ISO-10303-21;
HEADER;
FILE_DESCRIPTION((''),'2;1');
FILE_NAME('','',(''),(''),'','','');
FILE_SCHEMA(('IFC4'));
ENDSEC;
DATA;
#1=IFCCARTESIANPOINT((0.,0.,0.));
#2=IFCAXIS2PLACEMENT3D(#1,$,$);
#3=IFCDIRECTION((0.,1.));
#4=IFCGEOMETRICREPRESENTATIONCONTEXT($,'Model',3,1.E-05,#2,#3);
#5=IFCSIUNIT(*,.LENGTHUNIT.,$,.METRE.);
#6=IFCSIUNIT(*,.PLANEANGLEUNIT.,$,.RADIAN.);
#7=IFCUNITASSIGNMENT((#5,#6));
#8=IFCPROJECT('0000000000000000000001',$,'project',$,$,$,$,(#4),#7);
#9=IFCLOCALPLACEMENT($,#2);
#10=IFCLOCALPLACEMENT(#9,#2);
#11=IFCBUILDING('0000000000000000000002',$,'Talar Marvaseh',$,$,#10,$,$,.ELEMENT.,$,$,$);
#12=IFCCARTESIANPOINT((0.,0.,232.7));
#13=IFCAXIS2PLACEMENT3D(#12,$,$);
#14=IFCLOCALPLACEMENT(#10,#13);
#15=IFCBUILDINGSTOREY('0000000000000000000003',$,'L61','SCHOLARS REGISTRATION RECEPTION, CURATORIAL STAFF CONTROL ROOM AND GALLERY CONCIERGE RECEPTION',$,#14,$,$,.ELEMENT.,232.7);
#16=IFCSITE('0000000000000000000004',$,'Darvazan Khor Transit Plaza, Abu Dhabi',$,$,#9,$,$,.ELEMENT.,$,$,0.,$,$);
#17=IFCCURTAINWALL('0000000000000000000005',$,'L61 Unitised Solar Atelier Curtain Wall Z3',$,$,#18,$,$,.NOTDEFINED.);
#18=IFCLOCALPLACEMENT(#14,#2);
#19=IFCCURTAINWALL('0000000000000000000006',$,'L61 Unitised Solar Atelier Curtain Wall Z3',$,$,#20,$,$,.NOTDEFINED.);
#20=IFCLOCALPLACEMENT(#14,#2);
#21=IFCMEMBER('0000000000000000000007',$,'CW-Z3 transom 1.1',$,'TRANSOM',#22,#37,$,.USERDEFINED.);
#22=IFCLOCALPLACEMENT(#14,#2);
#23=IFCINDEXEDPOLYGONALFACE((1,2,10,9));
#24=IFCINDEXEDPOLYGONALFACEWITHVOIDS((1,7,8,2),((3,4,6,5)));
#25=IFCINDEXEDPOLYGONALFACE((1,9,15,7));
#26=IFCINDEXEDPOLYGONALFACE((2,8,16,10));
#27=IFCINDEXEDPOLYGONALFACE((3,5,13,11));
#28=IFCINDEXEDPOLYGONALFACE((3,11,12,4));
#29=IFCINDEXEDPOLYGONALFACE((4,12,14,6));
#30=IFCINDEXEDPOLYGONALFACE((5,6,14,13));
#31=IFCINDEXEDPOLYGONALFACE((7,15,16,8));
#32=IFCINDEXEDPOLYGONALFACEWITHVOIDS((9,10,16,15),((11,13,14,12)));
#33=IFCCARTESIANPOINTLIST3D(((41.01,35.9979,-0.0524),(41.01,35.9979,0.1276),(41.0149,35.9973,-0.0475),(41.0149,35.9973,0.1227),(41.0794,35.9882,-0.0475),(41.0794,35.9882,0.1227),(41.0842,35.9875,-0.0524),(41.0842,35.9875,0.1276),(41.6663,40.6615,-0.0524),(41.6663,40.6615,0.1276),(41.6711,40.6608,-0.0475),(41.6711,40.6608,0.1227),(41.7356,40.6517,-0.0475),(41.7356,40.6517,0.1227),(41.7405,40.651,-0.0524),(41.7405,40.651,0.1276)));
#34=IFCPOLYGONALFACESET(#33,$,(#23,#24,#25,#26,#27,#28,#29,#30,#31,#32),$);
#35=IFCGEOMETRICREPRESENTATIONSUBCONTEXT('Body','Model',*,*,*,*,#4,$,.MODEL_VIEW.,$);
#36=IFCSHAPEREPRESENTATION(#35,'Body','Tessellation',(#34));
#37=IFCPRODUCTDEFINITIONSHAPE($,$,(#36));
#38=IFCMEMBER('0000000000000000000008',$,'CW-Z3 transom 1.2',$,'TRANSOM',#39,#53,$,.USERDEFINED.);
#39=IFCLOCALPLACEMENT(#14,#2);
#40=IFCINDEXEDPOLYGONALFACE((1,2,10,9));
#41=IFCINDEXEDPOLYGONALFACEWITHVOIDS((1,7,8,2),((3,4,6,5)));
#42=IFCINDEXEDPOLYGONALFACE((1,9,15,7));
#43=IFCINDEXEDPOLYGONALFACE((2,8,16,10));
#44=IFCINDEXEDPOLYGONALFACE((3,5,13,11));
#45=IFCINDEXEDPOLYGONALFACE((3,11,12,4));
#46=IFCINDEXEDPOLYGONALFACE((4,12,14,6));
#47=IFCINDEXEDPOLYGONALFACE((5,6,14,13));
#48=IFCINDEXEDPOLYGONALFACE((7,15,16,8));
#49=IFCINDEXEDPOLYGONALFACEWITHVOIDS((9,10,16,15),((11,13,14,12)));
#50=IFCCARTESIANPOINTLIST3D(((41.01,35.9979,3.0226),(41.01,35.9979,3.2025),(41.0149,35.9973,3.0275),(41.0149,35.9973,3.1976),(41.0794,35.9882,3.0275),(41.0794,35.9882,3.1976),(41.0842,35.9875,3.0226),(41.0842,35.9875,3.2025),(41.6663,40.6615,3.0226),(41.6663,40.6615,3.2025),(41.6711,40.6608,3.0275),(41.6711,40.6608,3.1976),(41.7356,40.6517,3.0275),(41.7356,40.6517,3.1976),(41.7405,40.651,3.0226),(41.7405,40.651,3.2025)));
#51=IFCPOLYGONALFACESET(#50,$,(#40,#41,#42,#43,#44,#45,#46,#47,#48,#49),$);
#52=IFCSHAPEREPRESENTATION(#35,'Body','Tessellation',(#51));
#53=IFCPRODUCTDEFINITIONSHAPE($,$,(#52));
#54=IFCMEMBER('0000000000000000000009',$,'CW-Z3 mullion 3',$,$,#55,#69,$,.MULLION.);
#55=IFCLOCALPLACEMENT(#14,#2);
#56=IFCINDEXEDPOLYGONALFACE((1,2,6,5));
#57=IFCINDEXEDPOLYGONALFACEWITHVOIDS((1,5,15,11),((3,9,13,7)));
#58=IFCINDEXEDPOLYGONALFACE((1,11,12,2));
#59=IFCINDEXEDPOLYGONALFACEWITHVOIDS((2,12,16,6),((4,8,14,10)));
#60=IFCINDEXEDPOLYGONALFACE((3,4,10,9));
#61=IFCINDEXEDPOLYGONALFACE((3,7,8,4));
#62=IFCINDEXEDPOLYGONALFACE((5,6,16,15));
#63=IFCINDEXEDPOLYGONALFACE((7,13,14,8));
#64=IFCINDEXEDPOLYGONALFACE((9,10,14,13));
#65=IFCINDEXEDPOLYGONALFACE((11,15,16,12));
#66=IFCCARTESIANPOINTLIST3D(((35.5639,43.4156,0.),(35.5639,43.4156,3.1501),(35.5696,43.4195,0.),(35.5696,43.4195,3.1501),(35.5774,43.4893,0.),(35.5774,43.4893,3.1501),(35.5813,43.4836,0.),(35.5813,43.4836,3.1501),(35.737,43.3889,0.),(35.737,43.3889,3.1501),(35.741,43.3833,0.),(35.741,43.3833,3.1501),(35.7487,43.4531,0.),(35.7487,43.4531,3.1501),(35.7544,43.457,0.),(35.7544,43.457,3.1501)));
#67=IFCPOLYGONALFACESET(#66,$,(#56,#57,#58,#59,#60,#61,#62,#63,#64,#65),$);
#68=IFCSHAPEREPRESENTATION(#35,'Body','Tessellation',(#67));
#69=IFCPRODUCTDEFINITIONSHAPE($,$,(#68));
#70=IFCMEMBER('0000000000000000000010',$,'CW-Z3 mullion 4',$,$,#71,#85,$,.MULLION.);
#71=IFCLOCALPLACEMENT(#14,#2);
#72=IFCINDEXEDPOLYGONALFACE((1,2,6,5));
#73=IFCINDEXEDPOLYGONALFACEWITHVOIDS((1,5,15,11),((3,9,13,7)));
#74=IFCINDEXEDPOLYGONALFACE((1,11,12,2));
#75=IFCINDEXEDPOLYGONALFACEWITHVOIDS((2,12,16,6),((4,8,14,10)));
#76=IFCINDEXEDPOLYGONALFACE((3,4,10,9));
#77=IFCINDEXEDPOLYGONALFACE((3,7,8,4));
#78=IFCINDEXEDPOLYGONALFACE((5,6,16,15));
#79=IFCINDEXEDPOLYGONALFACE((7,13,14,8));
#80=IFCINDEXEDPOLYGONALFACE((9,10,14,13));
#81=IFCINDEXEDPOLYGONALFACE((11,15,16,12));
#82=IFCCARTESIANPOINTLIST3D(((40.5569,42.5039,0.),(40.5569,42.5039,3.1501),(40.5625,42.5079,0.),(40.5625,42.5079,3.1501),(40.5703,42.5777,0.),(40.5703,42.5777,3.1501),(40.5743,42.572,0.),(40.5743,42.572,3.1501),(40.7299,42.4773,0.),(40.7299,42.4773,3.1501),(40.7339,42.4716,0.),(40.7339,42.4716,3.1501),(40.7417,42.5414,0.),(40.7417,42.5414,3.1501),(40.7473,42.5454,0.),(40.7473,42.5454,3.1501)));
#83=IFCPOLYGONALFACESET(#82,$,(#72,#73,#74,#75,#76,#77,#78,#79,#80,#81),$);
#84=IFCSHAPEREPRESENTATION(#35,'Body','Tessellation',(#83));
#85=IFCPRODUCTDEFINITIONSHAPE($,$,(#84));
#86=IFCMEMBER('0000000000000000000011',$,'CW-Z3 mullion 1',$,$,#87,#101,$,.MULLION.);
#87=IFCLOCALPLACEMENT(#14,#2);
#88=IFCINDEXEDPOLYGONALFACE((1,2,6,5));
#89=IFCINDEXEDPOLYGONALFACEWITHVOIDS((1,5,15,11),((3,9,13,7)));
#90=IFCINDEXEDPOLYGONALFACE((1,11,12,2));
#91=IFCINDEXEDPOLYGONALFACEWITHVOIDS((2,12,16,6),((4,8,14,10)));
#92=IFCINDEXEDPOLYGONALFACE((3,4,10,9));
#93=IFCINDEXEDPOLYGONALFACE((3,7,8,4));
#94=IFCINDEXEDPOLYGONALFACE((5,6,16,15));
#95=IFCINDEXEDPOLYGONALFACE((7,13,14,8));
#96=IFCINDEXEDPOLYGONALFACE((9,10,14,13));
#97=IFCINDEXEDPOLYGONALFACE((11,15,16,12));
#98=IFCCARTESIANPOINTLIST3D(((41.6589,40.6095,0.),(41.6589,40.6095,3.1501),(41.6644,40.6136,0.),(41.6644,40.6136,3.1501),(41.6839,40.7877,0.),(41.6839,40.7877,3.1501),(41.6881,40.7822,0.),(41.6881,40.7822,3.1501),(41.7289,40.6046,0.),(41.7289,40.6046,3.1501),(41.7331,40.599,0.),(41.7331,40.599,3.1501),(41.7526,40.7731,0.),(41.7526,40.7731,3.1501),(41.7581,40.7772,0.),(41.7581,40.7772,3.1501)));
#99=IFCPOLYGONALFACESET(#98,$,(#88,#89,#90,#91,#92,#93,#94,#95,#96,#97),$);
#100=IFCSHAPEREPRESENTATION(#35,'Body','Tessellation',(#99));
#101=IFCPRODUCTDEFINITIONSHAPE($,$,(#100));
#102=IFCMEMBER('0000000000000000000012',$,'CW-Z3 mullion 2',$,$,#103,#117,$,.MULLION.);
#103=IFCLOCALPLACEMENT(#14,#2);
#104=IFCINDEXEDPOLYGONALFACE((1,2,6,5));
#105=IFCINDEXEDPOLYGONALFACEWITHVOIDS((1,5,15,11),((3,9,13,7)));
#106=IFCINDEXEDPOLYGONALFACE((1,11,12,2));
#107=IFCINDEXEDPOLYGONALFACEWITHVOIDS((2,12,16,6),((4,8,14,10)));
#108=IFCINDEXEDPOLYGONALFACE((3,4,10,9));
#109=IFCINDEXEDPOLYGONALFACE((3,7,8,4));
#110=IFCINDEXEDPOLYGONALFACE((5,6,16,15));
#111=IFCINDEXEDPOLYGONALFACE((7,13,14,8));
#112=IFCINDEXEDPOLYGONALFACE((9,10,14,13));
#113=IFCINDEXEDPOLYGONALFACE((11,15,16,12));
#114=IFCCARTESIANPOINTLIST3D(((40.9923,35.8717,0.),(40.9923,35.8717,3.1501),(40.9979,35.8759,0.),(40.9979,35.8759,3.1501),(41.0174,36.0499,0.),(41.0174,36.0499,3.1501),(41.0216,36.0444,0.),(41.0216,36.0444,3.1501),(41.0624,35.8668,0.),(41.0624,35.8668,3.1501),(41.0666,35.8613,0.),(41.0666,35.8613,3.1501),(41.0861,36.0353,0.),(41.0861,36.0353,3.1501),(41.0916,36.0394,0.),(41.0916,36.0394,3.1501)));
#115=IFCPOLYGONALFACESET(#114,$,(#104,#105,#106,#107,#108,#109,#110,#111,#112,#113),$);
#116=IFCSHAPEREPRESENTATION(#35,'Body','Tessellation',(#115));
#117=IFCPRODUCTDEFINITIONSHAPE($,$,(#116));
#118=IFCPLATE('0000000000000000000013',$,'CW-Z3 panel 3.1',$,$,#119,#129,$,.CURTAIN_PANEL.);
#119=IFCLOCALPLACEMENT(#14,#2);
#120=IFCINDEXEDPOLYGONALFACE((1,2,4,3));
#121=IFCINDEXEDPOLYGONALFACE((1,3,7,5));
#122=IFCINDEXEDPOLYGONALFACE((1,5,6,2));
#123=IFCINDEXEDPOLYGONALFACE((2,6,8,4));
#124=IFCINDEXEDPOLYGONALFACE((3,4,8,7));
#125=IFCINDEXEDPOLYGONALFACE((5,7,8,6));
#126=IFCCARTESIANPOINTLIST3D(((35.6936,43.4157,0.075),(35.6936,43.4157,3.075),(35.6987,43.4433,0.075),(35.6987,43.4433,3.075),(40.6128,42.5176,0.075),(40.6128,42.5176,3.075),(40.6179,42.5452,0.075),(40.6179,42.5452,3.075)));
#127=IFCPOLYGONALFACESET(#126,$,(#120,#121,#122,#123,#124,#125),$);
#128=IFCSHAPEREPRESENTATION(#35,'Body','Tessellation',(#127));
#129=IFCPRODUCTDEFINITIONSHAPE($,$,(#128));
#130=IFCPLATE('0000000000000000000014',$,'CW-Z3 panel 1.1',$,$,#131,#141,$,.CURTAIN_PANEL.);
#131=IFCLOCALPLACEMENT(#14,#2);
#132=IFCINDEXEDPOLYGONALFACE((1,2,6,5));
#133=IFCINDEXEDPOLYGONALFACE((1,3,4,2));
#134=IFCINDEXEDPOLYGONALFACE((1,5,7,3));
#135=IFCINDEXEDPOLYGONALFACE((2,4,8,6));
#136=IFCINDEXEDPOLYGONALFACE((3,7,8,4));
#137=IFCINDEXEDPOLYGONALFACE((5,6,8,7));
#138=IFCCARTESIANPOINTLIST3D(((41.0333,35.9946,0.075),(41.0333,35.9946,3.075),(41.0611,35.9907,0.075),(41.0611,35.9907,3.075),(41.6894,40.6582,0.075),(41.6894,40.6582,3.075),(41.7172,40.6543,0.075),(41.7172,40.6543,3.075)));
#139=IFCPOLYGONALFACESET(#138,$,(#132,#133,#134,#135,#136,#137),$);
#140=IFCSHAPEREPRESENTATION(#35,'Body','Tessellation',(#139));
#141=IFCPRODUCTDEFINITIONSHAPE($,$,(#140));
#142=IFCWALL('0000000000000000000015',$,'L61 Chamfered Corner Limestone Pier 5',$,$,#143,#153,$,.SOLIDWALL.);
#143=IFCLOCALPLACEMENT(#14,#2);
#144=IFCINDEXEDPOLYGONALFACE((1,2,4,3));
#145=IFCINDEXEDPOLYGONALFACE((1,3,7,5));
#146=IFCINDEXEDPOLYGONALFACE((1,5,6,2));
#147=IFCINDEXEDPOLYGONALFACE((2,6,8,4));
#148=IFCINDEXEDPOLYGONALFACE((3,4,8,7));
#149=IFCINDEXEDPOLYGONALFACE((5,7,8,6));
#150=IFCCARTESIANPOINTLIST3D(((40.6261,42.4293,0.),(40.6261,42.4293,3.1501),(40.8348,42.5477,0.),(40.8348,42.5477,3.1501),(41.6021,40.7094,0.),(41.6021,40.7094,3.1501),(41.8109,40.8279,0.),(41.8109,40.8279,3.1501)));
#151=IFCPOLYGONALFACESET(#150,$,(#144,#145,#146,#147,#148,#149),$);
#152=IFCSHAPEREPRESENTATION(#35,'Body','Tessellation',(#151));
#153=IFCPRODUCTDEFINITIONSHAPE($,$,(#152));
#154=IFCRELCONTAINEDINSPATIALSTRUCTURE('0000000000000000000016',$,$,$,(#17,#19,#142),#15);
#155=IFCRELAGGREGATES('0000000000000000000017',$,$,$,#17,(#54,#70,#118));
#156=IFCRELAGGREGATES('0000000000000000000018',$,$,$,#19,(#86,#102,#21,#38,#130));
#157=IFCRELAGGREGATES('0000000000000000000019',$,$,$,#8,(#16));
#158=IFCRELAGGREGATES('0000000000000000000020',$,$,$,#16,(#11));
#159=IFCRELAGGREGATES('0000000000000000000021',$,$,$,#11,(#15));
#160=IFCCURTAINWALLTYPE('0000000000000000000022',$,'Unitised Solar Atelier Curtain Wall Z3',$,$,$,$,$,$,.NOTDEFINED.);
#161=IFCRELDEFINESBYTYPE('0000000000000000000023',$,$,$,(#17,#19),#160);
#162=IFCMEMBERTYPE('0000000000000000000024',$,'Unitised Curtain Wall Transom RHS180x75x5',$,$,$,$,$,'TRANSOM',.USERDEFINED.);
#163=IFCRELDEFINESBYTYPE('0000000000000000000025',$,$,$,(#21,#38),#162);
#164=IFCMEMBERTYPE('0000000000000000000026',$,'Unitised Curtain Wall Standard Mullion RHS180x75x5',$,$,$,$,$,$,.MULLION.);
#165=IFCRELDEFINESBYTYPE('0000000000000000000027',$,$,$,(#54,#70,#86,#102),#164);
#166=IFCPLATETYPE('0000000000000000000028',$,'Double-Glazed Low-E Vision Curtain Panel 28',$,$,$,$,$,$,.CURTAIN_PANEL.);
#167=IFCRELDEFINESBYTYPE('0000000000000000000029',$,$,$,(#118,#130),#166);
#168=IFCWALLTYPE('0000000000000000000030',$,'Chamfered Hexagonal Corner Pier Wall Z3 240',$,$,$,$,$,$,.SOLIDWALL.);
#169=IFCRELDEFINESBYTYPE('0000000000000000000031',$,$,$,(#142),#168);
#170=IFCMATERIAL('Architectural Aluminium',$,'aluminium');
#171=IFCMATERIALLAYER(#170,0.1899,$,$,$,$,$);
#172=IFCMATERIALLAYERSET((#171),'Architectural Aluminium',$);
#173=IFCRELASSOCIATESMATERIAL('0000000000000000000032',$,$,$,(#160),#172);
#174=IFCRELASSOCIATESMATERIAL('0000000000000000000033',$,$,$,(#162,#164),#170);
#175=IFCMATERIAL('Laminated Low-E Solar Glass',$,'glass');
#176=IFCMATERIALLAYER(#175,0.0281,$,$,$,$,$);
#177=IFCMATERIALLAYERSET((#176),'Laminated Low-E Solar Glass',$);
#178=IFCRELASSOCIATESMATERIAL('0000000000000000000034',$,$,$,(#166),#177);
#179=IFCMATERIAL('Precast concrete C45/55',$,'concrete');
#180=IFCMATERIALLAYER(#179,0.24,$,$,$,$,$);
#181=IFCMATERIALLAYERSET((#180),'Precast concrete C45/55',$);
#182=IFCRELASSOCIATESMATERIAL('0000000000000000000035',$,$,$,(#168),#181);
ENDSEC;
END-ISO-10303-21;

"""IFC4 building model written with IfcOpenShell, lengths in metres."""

from ifc_helpers import new_model, si_unit, direction, frame, frame_2d, origin, origin_2d, place, context, subcontext, project, spatial, rectangle, hollow_rectangle, extrude, source, transform, mapped, material, layer, layer_set, material_profile, profile_set, type_object, type_shapes, element, aggregate, save


model = new_model("IFC4")

# Units and contexts
model_context = context("Model", 3, precision=1e-05, world=origin(), true_north=direction((0.0, 1.0)))
body_context = subcontext(model_context, "Body", "Model", "MODEL_VIEW")
ifc_project = project(units=[si_unit("LENGTHUNIT", "METRE"), si_unit("PLANEANGLEUNIT", "RADIAN")], contexts=[model_context])

# Site, building, storey
site_placement = place(None, origin())
site = spatial("IfcSite", under=ifc_project, at=site_placement, Name="Darvazan Khor Transit Plaza, Abu Dhabi", CompositionType="ELEMENT", RefElevation=0.0)
building_placement = place(site_placement, origin())
building = spatial("IfcBuilding", under=site, at=building_placement, Name="Talar Marvaseh", CompositionType="ELEMENT")
storey_placement = place(building_placement, frame((0.0, 0.0, 232.7)))
storey = spatial("IfcBuildingStorey", under=building, at=storey_placement, Name="L61", Description="SCHOLARS REGISTRATION RECEPTION, CURATORIAL STAFF CONTROL ROOM AND GALLERY CONCIERGE RECEPTION", CompositionType="ELEMENT", Elevation=232.7)

# Curtain walls, members
ifc_material_1 = material(Name="Architectural Aluminium", Category="aluminium")
ifc_layer_1 = layer(ifc_material_1, 0.1899)
ifc_layer_set_1 = layer_set([ifc_layer_1], Name="Architectural Aluminium")
curtain_wall_type = type_object("IfcCurtainWallType", Name="Unitised Solar Atelier Curtain Wall Z3", PredefinedType="NOTDEFINED", material=ifc_layer_set_1)
curtain_wall_1_placement = place(storey_placement, origin())
curtain_wall_1 = element("IfcCurtainWall", 1, at=curtain_wall_1_placement, inside=storey, type_object=curtain_wall_type, Name="L61 Unitised Solar Atelier Curtain Wall Z3", PredefinedType="NOTDEFINED")
ifc_material_profile_1 = material_profile(ifc_material_1, hollow_rectangle(XDim=0.075, YDim=0.1799, WallThickness=0.0049, at=origin_2d()), Name="RHS180x75x5")
ifc_profile_set_1 = profile_set([ifc_material_profile_1], Name="Architectural Aluminium")
member_type_1 = type_object("IfcMemberType", Name="Unitised Curtain Wall Transom RHS180x75x5", ElementType="TRANSOM", PredefinedType="USERDEFINED", material=ifc_profile_set_1)
curtain_wall_2_placement = place(storey_placement, origin())
curtain_wall_2 = element("IfcCurtainWall", 2, at=curtain_wall_2_placement, inside=storey, type_object=curtain_wall_type, Name="L61 Unitised Solar Atelier Curtain Wall Z3", PredefinedType="NOTDEFINED")
shared_shape_1 = source(origin(), body_context, "Body", "SweptSolid", [
    extrude(hollow_rectangle(XDim=0.075, YDim=0.1799, WallThickness=0.0049, at=origin_2d()), origin(), (0.0, 0.0, 1.0), 4.7095),
])
member_1_placement = place(storey_placement, frame((41.7034, 40.6562, 0.0376), z_axis=(-0.139345, -0.990244, 0.0), x_axis=(0.990244, -0.139345, 0.0)))
member_1 = element("IfcMember", 3, at=member_1_placement, type_object=member_type_1, Name="CW-Z3 transom 1.1", ObjectType="TRANSOM", PredefinedType="USERDEFINED", context=body_context, shape_type="MappedRepresentation", body=[
    mapped(shared_shape_1, transform((0.0, 0.0, 0.0), x_axis=(1.0, 0.0, 0.0), y_axis=(0.0, 1.0, 0.0), z_axis=(0.0, 0.0, 1.0), scale=1.0)),
])
member_2_placement = place(storey_placement, frame((41.7034, 40.6562, 3.1125), z_axis=(-0.139345, -0.990244, 0.0), x_axis=(0.990244, -0.139345, 0.0)))
member_2 = element("IfcMember", 4, at=member_2_placement, type_object=member_type_1, Name="CW-Z3 transom 1.2", ObjectType="TRANSOM", PredefinedType="USERDEFINED", context=body_context, shape_type="MappedRepresentation", body=[
    mapped(shared_shape_1, transform((0.0, 0.0, 0.0), x_axis=(1.0, 0.0, 0.0), y_axis=(0.0, 1.0, 0.0), z_axis=(0.0, 0.0, 1.0), scale=1.0)),
])

# Members
ifc_material_profile_2 = material_profile(ifc_material_1, hollow_rectangle(XDim=0.075, YDim=0.1799, WallThickness=0.0049, at=origin_2d()), Name="RHS180x75x5")
ifc_profile_set_2 = profile_set([ifc_material_profile_2], Name="Architectural Aluminium")
member_type_2 = type_object("IfcMemberType", Name="Unitised Curtain Wall Standard Mullion RHS180x75x5", PredefinedType="MULLION", material=ifc_profile_set_2)
shared_shape_2 = source(origin(), body_context, "Body", "SweptSolid", [
    extrude(hollow_rectangle(XDim=0.075, YDim=0.1799, WallThickness=0.0049, at=origin_2d()), origin(), (0.0, 0.0, 1.0), 3.1501),
])
type_shapes(member_type_2, [shared_shape_2])
member_3_placement = place(storey_placement, frame((35.6592, 43.4363, 0.0), z_axis=(0.0, 0.0, 1.0), x_axis=(0.179594, 0.983741, 0.0)))
member_3 = element("IfcMember", 5, at=member_3_placement, type_object=member_type_2, Name="CW-Z3 mullion 3", PredefinedType="MULLION", context=body_context, shape_type="MappedRepresentation", body=[
    mapped(shared_shape_2, transform((0.0, 0.0, 0.0), x_axis=(1.0, 0.0, 0.0), y_axis=(0.0, 1.0, 0.0), z_axis=(0.0, 0.0, 1.0), scale=1.0)),
])
member_4_placement = place(storey_placement, frame((40.6521, 42.5247, 0.0), z_axis=(0.0, 0.0, 1.0), x_axis=(0.179594, 0.983741, 0.0)))
member_4 = element("IfcMember", 6, at=member_4_placement, type_object=member_type_2, Name="CW-Z3 mullion 4", PredefinedType="MULLION", context=body_context, shape_type="MappedRepresentation", body=[
    mapped(shared_shape_2, transform((0.0, 0.0, 0.0), x_axis=(1.0, 0.0, 0.0), y_axis=(0.0, 1.0, 0.0), z_axis=(0.0, 0.0, 1.0), scale=1.0)),
])
member_5_placement = place(storey_placement, frame((41.7085, 40.6934, 0.0), z_axis=(0.0, 0.0, 1.0), x_axis=(0.990247, -0.139323, 0.0)))
member_5 = element("IfcMember", 7, at=member_5_placement, type_object=member_type_2, Name="CW-Z3 mullion 1", PredefinedType="MULLION", context=body_context, shape_type="MappedRepresentation", body=[
    mapped(shared_shape_2, transform((0.0, 0.0, 0.0), x_axis=(1.0, 0.0, 0.0), y_axis=(0.0, 1.0, 0.0), z_axis=(0.0, 0.0, 1.0), scale=1.0)),
])
member_6_placement = place(storey_placement, frame((41.042, 35.9556, 0.0), z_axis=(0.0, 0.0, 1.0), x_axis=(0.990247, -0.139323, 0.0)))
member_6 = element("IfcMember", 8, at=member_6_placement, type_object=member_type_2, Name="CW-Z3 mullion 2", PredefinedType="MULLION", context=body_context, shape_type="MappedRepresentation", body=[
    mapped(shared_shape_2, transform((0.0, 0.0, 0.0), x_axis=(1.0, 0.0, 0.0), y_axis=(0.0, 1.0, 0.0), z_axis=(0.0, 0.0, 1.0), scale=1.0)),
])

# Plates
ifc_material_2 = material(Name="Laminated Low-E Solar Glass", Category="glass")
ifc_layer_2 = layer(ifc_material_2, 0.0281)
ifc_layer_set_2 = layer_set([ifc_layer_2], Name="Laminated Low-E Solar Glass")
plate_type = type_object("IfcPlateType", Name="Double-Glazed Low-E Vision Curtain Panel 28", PredefinedType="CURTAIN_PANEL", material=ifc_layer_set_2)
shared_shape_3 = source(origin(), body_context, "Body", "SweptSolid", [
    extrude(rectangle(XDim=5.0005, YDim=0.0281, at=origin_2d()), origin(), (0.0, 0.0, 1.0), 3.0),
])
plate_1_placement = place(storey_placement, frame((38.1558, 42.9805, 0.075), z_axis=(0.0, 0.0, 1.0), x_axis=(0.983741, -0.179594, 0.0)))
plate_1 = element("IfcPlate", 9, at=plate_1_placement, type_object=plate_type, Name="CW-Z3 panel 3.1", PredefinedType="CURTAIN_PANEL", context=body_context, shape_type="MappedRepresentation", body=[
    mapped(shared_shape_3, transform((0.0, 0.0, 0.0), x_axis=(1.0, 0.0, 0.0), y_axis=(0.0, 1.0, 0.0), z_axis=(0.0, 0.0, 1.0), scale=1.0)),
])
aggregate(curtain_wall_1, [member_3, member_4, plate_1])
shared_shape_4 = source(origin(), body_context, "Body", "SweptSolid", [
    extrude(rectangle(XDim=4.7095, YDim=0.0281, at=origin_2d()), origin(), (0.0, 0.0, 1.0), 3.0),
])
type_shapes(plate_type, [shared_shape_3, shared_shape_4])
plate_2_placement = place(storey_placement, frame((41.3752, 38.3245, 0.075), z_axis=(0.0, 0.0, 1.0), x_axis=(-0.139323, -0.990247, 0.0)))
plate_2 = element("IfcPlate", 10, at=plate_2_placement, type_object=plate_type, Name="CW-Z3 panel 1.1", PredefinedType="CURTAIN_PANEL", context=body_context, shape_type="MappedRepresentation", body=[
    mapped(shared_shape_4, transform((0.0, 0.0, 0.0), x_axis=(1.0, 0.0, 0.0), y_axis=(0.0, 1.0, 0.0), z_axis=(0.0, 0.0, 1.0), scale=1.0)),
])
aggregate(curtain_wall_2, [member_5, member_6, member_1, member_2, plate_2])

# Wall
ifc_material_3 = material(Name="Precast concrete C45/55", Category="concrete")
ifc_layer_3 = layer(ifc_material_3, 0.24)
ifc_layer_set_3 = layer_set([ifc_layer_3], Name="Precast concrete C45/55")
wall_type_1 = type_object("IfcWallType", Name="Chamfered Hexagonal Corner Pier Wall Z3 240", PredefinedType="SOLIDWALL", material=ifc_layer_set_3)
wall_1_placement = place(storey_placement, frame((40.7305, 42.4885, 0.0), z_axis=(0.0, 0.0, 1.0), x_axis=(0.493558, -0.869713, 0.0)))
element("IfcWall", 11, at=wall_1_placement, inside=storey, type_object=wall_type_1, Name="L61 Chamfered Corner Limestone Pier 5", PredefinedType="SOLIDWALL", context=body_context, shape_type="SweptSolid", body=[
    extrude(rectangle(XDim=1.9775, YDim=0.24, at=frame_2d((0.9888, 0.0))), origin(), (0.0, 0.0, 1.0), 3.1501),
])

save(model, "model.ifc")
